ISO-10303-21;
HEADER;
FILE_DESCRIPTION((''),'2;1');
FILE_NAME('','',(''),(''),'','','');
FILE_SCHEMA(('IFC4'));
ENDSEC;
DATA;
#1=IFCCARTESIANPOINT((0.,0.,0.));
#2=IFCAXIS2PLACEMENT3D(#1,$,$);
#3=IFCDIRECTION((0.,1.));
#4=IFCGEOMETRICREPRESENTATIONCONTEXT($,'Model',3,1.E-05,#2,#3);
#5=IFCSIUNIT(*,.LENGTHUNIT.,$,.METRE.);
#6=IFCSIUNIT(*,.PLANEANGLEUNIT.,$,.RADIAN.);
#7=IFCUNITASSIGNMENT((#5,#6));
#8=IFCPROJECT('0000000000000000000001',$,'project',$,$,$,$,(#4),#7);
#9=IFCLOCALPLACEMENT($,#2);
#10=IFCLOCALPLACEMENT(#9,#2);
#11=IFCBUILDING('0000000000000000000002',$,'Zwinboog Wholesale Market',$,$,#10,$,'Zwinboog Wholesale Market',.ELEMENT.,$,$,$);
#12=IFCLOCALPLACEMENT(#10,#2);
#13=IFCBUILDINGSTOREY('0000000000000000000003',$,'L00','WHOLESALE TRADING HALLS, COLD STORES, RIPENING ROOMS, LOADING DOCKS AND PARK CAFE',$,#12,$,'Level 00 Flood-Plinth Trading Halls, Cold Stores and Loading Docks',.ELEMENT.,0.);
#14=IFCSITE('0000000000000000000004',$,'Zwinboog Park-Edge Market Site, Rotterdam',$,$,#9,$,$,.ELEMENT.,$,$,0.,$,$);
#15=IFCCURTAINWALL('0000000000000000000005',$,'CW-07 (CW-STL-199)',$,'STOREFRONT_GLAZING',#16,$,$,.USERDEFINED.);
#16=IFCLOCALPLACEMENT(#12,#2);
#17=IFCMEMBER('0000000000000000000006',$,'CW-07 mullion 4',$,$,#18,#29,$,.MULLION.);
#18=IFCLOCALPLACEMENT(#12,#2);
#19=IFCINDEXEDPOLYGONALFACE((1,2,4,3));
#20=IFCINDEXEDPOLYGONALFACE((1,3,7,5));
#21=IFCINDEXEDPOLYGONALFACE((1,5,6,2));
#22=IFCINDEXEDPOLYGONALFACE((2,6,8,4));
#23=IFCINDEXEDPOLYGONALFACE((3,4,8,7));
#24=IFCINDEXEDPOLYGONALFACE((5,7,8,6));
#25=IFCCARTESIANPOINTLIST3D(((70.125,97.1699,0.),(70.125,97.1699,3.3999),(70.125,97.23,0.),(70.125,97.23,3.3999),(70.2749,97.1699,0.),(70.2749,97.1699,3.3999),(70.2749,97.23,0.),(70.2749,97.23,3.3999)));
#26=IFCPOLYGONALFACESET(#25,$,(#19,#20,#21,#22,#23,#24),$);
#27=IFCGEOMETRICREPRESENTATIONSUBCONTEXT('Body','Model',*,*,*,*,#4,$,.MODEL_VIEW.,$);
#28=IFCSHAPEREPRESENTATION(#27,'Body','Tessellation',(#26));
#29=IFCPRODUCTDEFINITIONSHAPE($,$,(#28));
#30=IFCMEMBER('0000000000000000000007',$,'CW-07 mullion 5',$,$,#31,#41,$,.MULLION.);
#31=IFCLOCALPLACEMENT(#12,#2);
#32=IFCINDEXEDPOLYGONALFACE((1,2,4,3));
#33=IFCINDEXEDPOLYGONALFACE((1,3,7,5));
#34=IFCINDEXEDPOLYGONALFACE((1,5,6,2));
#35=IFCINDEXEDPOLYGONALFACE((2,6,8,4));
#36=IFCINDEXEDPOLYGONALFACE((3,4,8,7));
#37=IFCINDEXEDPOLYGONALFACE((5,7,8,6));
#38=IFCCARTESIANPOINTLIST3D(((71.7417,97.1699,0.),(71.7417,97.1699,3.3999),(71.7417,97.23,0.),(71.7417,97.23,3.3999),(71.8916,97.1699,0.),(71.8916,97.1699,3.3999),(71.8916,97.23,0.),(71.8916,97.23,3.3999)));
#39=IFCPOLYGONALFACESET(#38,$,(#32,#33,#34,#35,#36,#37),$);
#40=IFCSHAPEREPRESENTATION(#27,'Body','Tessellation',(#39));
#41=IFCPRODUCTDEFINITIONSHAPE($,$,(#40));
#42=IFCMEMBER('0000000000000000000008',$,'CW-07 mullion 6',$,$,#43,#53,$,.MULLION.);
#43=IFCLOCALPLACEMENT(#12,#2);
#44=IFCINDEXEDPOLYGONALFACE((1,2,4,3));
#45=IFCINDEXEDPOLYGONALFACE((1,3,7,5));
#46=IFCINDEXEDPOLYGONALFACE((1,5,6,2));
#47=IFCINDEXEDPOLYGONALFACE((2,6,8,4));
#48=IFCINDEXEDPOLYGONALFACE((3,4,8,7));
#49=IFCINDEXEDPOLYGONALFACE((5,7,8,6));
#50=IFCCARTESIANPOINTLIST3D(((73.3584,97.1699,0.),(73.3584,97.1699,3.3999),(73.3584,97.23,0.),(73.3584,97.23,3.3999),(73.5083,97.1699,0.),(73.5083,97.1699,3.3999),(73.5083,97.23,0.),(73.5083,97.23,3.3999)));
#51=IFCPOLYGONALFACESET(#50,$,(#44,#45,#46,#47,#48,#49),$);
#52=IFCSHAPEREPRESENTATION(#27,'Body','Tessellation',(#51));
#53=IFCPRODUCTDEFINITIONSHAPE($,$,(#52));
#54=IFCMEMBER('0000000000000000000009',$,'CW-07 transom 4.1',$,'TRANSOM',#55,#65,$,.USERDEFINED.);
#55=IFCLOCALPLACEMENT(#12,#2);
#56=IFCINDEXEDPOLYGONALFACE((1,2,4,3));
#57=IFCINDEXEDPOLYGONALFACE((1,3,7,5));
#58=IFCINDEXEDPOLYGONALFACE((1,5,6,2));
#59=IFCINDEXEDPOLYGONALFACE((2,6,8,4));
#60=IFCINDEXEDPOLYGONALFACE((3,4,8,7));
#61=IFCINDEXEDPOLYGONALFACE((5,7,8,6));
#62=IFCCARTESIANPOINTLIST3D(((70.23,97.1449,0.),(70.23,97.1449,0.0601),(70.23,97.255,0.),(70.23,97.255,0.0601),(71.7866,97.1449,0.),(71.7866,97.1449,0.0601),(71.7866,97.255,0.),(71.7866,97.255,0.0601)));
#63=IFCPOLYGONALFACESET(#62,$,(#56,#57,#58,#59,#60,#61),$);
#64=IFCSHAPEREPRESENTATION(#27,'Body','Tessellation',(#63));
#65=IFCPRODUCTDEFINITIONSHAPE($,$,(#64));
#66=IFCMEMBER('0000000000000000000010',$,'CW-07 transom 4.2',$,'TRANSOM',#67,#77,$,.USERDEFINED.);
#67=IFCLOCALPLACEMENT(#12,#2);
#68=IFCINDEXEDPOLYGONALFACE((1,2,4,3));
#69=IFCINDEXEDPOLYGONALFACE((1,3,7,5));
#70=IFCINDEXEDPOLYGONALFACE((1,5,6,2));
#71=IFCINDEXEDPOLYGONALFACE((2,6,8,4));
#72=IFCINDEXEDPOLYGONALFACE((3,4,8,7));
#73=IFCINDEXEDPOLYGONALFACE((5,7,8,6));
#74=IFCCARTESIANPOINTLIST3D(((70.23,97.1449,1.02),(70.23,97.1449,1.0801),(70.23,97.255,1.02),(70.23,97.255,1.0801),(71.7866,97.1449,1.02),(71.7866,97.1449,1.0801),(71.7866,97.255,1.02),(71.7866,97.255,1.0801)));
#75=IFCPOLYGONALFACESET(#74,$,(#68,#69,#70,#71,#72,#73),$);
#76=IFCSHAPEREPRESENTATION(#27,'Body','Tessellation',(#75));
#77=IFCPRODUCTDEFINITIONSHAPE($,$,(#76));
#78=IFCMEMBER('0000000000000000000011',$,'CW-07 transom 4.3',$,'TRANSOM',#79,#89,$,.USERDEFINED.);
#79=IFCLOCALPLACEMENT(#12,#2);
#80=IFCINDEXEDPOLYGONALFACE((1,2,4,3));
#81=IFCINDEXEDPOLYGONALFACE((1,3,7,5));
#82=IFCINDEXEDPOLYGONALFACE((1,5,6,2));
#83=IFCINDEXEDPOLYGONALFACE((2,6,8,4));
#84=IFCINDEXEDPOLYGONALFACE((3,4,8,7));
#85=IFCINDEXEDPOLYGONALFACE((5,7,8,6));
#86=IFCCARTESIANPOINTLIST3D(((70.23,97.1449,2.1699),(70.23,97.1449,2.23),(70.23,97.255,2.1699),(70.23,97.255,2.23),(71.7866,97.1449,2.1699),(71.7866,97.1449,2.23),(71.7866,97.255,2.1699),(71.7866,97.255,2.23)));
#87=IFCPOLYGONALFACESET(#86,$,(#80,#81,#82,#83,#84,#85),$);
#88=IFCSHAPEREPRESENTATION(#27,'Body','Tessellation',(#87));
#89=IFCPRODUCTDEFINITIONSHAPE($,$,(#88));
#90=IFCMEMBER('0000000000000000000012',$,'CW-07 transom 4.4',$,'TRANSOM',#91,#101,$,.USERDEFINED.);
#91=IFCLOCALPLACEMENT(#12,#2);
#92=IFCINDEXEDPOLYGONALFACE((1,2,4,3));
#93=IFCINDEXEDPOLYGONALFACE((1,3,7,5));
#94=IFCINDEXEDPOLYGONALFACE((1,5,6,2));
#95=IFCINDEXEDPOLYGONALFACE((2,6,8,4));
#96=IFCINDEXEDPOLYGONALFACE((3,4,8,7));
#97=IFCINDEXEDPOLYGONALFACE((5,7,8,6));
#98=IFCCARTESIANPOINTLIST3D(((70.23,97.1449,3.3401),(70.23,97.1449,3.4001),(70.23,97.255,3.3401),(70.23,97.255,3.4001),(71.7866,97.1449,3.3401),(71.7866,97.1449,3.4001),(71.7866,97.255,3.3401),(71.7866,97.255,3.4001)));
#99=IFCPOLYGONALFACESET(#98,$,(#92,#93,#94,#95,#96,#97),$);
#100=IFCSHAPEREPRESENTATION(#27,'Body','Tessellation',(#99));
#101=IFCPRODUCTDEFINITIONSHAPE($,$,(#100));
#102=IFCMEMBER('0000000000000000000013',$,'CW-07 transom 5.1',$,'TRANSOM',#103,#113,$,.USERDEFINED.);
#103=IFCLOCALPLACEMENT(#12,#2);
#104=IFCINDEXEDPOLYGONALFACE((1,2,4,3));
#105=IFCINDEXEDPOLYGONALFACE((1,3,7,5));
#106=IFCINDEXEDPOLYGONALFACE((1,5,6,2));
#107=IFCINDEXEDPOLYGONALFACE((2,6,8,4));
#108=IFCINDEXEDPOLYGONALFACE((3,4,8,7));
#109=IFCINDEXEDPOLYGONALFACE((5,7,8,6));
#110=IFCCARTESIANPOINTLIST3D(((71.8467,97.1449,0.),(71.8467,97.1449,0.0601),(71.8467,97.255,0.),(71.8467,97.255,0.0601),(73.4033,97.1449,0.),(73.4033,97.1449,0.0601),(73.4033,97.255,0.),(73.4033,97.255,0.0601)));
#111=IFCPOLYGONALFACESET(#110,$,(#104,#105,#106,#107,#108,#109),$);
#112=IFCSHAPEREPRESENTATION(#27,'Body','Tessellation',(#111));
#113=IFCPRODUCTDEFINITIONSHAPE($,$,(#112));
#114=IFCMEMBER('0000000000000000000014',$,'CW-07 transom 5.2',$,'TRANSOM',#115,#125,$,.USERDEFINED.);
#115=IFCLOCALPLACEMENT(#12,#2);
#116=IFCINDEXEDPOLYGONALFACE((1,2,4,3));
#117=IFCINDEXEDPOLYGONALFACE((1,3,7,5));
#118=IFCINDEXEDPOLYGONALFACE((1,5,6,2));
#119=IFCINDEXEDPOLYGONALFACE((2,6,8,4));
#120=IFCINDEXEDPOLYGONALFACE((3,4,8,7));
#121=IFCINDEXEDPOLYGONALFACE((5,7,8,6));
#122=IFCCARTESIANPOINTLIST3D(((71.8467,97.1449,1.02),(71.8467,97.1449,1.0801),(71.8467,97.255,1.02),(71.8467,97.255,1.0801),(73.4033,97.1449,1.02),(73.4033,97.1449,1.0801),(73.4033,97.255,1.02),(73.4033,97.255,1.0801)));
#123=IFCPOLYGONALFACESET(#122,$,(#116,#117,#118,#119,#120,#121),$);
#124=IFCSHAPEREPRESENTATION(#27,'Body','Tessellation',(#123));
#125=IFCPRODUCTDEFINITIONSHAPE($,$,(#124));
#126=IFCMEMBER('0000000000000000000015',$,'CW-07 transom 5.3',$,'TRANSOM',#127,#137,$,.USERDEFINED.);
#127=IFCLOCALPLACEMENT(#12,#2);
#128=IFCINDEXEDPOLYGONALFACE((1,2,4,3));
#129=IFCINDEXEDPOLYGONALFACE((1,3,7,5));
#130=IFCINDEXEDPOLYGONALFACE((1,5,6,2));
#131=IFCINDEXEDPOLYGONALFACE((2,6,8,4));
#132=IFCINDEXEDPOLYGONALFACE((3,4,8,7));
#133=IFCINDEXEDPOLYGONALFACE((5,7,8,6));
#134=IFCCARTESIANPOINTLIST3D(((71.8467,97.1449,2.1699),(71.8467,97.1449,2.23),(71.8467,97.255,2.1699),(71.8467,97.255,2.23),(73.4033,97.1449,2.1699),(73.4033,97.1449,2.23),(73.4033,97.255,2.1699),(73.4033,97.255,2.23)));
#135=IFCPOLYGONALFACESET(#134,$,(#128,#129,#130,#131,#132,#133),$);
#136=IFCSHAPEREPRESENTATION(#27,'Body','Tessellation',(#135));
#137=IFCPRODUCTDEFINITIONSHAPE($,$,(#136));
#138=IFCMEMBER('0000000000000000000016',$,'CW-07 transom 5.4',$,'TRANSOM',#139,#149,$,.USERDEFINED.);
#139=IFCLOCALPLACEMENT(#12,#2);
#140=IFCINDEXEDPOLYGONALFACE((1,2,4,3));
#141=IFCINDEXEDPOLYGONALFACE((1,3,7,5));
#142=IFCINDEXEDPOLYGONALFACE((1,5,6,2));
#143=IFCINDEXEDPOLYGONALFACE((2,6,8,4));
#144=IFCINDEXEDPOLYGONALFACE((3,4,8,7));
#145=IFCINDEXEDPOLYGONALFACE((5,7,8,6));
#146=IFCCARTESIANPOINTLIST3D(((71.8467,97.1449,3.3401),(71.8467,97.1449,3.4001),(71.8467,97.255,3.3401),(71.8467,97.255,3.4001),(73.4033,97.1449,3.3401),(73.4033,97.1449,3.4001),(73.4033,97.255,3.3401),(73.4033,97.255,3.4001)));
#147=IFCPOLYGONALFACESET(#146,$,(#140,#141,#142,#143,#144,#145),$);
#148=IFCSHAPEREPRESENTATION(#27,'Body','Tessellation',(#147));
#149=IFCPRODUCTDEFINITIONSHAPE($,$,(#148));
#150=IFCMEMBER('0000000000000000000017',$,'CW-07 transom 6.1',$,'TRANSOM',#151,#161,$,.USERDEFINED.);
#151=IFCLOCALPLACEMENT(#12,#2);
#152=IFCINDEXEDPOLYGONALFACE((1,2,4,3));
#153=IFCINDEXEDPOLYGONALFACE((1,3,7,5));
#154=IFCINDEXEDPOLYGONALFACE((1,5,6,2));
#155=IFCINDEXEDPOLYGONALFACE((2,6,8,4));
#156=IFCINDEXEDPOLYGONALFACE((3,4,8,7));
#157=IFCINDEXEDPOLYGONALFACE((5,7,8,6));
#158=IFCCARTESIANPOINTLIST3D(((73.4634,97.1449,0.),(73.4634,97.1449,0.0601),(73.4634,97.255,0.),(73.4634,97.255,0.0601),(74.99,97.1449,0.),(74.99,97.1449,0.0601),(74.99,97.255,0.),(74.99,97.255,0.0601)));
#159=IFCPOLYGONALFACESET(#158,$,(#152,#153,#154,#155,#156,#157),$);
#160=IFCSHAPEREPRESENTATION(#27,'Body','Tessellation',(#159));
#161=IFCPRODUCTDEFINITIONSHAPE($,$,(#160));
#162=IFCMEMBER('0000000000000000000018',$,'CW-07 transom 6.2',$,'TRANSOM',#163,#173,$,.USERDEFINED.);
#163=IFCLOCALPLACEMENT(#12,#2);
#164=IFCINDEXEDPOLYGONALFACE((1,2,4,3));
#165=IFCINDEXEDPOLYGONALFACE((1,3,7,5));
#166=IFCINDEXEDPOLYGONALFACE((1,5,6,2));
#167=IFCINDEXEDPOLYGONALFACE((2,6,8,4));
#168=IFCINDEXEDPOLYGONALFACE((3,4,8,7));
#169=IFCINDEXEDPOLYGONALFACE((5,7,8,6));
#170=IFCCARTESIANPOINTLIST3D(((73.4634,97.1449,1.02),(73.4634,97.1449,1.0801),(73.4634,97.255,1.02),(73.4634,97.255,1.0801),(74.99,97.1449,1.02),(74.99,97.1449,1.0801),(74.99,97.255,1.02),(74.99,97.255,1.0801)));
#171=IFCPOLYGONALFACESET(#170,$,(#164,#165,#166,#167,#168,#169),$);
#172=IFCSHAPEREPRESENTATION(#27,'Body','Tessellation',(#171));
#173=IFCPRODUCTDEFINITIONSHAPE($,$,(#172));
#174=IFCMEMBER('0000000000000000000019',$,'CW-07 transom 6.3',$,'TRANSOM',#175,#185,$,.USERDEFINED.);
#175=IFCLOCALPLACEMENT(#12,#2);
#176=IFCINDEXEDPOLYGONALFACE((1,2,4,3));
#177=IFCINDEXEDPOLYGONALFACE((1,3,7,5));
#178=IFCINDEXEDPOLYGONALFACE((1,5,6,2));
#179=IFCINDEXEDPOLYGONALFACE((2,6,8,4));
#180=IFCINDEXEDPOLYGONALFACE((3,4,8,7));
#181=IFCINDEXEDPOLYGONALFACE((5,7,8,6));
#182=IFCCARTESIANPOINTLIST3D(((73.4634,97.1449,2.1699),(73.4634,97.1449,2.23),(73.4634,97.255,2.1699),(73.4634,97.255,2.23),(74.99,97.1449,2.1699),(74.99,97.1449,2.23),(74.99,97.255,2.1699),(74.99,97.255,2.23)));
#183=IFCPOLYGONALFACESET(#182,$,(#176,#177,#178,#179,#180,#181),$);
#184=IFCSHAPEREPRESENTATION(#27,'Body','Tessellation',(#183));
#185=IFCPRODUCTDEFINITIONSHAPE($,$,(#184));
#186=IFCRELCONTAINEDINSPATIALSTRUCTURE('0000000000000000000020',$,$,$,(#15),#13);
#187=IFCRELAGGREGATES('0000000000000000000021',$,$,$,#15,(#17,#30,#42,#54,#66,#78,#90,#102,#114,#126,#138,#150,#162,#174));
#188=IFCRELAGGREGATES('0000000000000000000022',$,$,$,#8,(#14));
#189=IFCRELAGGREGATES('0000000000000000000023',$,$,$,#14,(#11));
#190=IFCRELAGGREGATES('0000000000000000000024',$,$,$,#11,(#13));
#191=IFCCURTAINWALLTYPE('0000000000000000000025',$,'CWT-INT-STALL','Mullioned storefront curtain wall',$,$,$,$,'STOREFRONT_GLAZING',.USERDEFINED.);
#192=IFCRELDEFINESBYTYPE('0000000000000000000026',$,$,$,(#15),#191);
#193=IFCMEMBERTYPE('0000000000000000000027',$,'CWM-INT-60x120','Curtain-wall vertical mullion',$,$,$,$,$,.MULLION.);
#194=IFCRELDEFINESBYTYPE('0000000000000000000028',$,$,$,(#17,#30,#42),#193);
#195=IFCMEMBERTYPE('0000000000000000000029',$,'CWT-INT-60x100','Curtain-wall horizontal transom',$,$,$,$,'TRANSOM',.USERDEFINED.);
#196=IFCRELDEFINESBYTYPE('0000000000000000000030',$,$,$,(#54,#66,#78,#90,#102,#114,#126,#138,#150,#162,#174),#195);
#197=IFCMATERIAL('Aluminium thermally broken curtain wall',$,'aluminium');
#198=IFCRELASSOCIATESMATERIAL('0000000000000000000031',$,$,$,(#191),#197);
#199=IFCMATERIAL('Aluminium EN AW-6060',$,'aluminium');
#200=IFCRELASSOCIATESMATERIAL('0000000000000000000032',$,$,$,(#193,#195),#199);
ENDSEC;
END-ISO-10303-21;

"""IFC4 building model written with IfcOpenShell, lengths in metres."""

from ifc_helpers import new_model, si_unit, direction, frame, origin, origin_2d, place, context, subcontext, project, spatial, rectangle, extrude, material, material_profile, profile_set, type_object, element, aggregate, save


model = new_model("IFC4")

# Units and contexts
model_context = context("Model", 3, precision=1e-05, world=origin(), true_north=direction((0.0, 1.0)))
body_context = subcontext(model_context, "Body", "Model", "MODEL_VIEW")
ifc_project = project(units=[si_unit("LENGTHUNIT", "METRE"), si_unit("PLANEANGLEUNIT", "RADIAN")], contexts=[model_context])

# Site, building, storey
site_placement = place(None, origin())
site = spatial("IfcSite", under=ifc_project, at=site_placement, Name="Zwinboog Park-Edge Market Site, Rotterdam", CompositionType="ELEMENT", RefElevation=0.0)
building_placement = place(site_placement, origin())
building = spatial("IfcBuilding", under=site, at=building_placement, Name="Zwinboog Wholesale Market", LongName="Zwinboog Wholesale Market", CompositionType="ELEMENT")
storey_placement = place(building_placement, origin())
storey = spatial("IfcBuildingStorey", under=building, at=storey_placement, Name="L00", Description="WHOLESALE TRADING HALLS, COLD STORES, RIPENING ROOMS, LOADING DOCKS AND PARK CAFE", LongName="Level 00 Flood-Plinth Trading Halls, Cold Stores and Loading Docks", CompositionType="ELEMENT", Elevation=0.0)

# Curtain wall, members
ifc_material_1 = material(Name="Aluminium thermally broken curtain wall", Category="aluminium")
curtain_wall_type = type_object("IfcCurtainWallType", Name="CWT-INT-STALL", Description="Mullioned storefront curtain wall", ElementType="STOREFRONT_GLAZING", PredefinedType="USERDEFINED", material=ifc_material_1)
curtain_wall_placement = place(storey_placement, origin())
curtain_wall = element("IfcCurtainWall", 1, at=curtain_wall_placement, inside=storey, type_object=curtain_wall_type, Name="CW-07 (CW-STL-199)", ObjectType="STOREFRONT_GLAZING", PredefinedType="USERDEFINED")
ifc_material_2 = material(Name="Aluminium EN AW-6060", Category="aluminium")
ifc_material_profile_1 = material_profile(ifc_material_2, rectangle(XDim=0.0601, YDim=0.1499, at=origin_2d()), Name="AL 60x150")
ifc_profile_set_1 = profile_set([ifc_material_profile_1], Name="Aluminium EN AW-6060")
member_type_1 = type_object("IfcMemberType", Name="CWM-INT-60x120", Description="Curtain-wall vertical mullion", PredefinedType="MULLION", material=ifc_profile_set_1)
member_1_placement = place(storey_placement, frame((70.2, 97.2, 0.0), z_axis=(0.0, 0.0, 1.0), x_axis=(0.0, 1.0, 0.0)))
member_1 = element("IfcMember", 2, at=member_1_placement, type_object=member_type_1, Name="CW-07 mullion 4", PredefinedType="MULLION", context=body_context, shape_type="SweptSolid", body=[
    extrude(rectangle(XDim=0.0601, YDim=0.1499, at=origin_2d()), origin(), (0.0, 0.0, 1.0), 3.3999),
])
member_2_placement = place(storey_placement, frame((71.8167, 97.2, 0.0), z_axis=(0.0, 0.0, 1.0), x_axis=(0.0, 1.0, 0.0)))
member_2 = element("IfcMember", 3, at=member_2_placement, type_object=member_type_1, Name="CW-07 mullion 5", PredefinedType="MULLION", context=body_context, shape_type="SweptSolid", body=[
    extrude(rectangle(XDim=0.0601, YDim=0.1499, at=origin_2d()), origin(), (0.0, 0.0, 1.0), 3.3999),
])
member_3_placement = place(storey_placement, frame((73.4333, 97.2, 0.0), z_axis=(0.0, 0.0, 1.0), x_axis=(0.0, 1.0, 0.0)))
member_3 = element("IfcMember", 4, at=member_3_placement, type_object=member_type_1, Name="CW-07 mullion 6", PredefinedType="MULLION", context=body_context, shape_type="SweptSolid", body=[
    extrude(rectangle(XDim=0.0601, YDim=0.1499, at=origin_2d()), origin(), (0.0, 0.0, 1.0), 3.3999),
])
ifc_material_profile_2 = material_profile(ifc_material_2, rectangle(XDim=0.1101, YDim=0.0601, at=origin_2d()), Name="AL 60x110")
ifc_profile_set_2 = profile_set([ifc_material_profile_2], Name="Aluminium EN AW-6060")
member_type_2 = type_object("IfcMemberType", Name="CWT-INT-60x100", Description="Curtain-wall horizontal transom", ElementType="TRANSOM", PredefinedType="USERDEFINED", material=ifc_profile_set_2)
member_4_placement = place(storey_placement, frame((70.23, 97.2, 0.03), z_axis=(1.0, 0.0, 0.0), x_axis=(0.0, 1.0, 0.0)))
member_4 = element("IfcMember", 5, at=member_4_placement, type_object=member_type_2, Name="CW-07 transom 4.1", ObjectType="TRANSOM", PredefinedType="USERDEFINED", context=body_context, shape_type="SweptSolid", body=[
    extrude(rectangle(XDim=0.1101, YDim=0.0601, at=origin_2d()), origin(), (0.0, 0.0, 1.0), 1.5566),
])
member_5_placement = place(storey_placement, frame((70.23, 97.2, 1.05), z_axis=(1.0, 0.0, 0.0), x_axis=(0.0, 1.0, 0.0)))
member_5 = element("IfcMember", 6, at=member_5_placement, type_object=member_type_2, Name="CW-07 transom 4.2", ObjectType="TRANSOM", PredefinedType="USERDEFINED", context=body_context, shape_type="SweptSolid", body=[
    extrude(rectangle(XDim=0.1101, YDim=0.0601, at=origin_2d()), origin(), (0.0, 0.0, 1.0), 1.5566),
])
member_6_placement = place(storey_placement, frame((70.23, 97.2, 2.2), z_axis=(1.0, 0.0, 0.0), x_axis=(0.0, 1.0, 0.0)))
member_6 = element("IfcMember", 7, at=member_6_placement, type_object=member_type_2, Name="CW-07 transom 4.3", ObjectType="TRANSOM", PredefinedType="USERDEFINED", context=body_context, shape_type="SweptSolid", body=[
    extrude(rectangle(XDim=0.1101, YDim=0.0601, at=origin_2d()), origin(), (0.0, 0.0, 1.0), 1.5566),
])
member_7_placement = place(storey_placement, frame((70.23, 97.2, 3.3701), z_axis=(1.0, 0.0, 0.0), x_axis=(0.0, 1.0, 0.0)))
member_7 = element("IfcMember", 8, at=member_7_placement, type_object=member_type_2, Name="CW-07 transom 4.4", ObjectType="TRANSOM", PredefinedType="USERDEFINED", context=body_context, shape_type="SweptSolid", body=[
    extrude(rectangle(XDim=0.1101, YDim=0.0601, at=origin_2d()), origin(), (0.0, 0.0, 1.0), 1.5566),
])
member_8_placement = place(storey_placement, frame((71.8467, 97.2, 0.03), z_axis=(1.0, 0.0, 0.0), x_axis=(0.0, 1.0, 0.0)))
member_8 = element("IfcMember", 9, at=member_8_placement, type_object=member_type_2, Name="CW-07 transom 5.1", ObjectType="TRANSOM", PredefinedType="USERDEFINED", context=body_context, shape_type="SweptSolid", body=[
    extrude(rectangle(XDim=0.1101, YDim=0.0601, at=origin_2d()), origin(), (0.0, 0.0, 1.0), 1.5566),
])
member_9_placement = place(storey_placement, frame((71.8467, 97.2, 1.05), z_axis=(1.0, 0.0, 0.0), x_axis=(0.0, 1.0, 0.0)))
member_9 = element("IfcMember", 10, at=member_9_placement, type_object=member_type_2, Name="CW-07 transom 5.2", ObjectType="TRANSOM", PredefinedType="USERDEFINED", context=body_context, shape_type="SweptSolid", body=[
    extrude(rectangle(XDim=0.1101, YDim=0.0601, at=origin_2d()), origin(), (0.0, 0.0, 1.0), 1.5566),
])
member_10_placement = place(storey_placement, frame((71.8467, 97.2, 2.2), z_axis=(1.0, 0.0, 0.0), x_axis=(0.0, 1.0, 0.0)))
member_10 = element("IfcMember", 11, at=member_10_placement, type_object=member_type_2, Name="CW-07 transom 5.3", ObjectType="TRANSOM", PredefinedType="USERDEFINED", context=body_context, shape_type="SweptSolid", body=[
    extrude(rectangle(XDim=0.1101, YDim=0.0601, at=origin_2d()), origin(), (0.0, 0.0, 1.0), 1.5566),
])
member_11_placement = place(storey_placement, frame((71.8467, 97.2, 3.3701), z_axis=(1.0, 0.0, 0.0), x_axis=(0.0, 1.0, 0.0)))
member_11 = element("IfcMember", 12, at=member_11_placement, type_object=member_type_2, Name="CW-07 transom 5.4", ObjectType="TRANSOM", PredefinedType="USERDEFINED", context=body_context, shape_type="SweptSolid", body=[
    extrude(rectangle(XDim=0.1101, YDim=0.0601, at=origin_2d()), origin(), (0.0, 0.0, 1.0), 1.5566),
])
member_12_placement = place(storey_placement, frame((73.4634, 97.2, 0.03), z_axis=(1.0, 0.0, 0.0), x_axis=(0.0, 1.0, 0.0)))
member_12 = element("IfcMember", 13, at=member_12_placement, type_object=member_type_2, Name="CW-07 transom 6.1", ObjectType="TRANSOM", PredefinedType="USERDEFINED", context=body_context, shape_type="SweptSolid", body=[
    extrude(rectangle(XDim=0.1101, YDim=0.0601, at=origin_2d()), origin(), (0.0, 0.0, 1.0), 1.5266),
])
member_13_placement = place(storey_placement, frame((73.4634, 97.2, 1.05), z_axis=(1.0, 0.0, 0.0), x_axis=(0.0, 1.0, 0.0)))
member_13 = element("IfcMember", 14, at=member_13_placement, type_object=member_type_2, Name="CW-07 transom 6.2", ObjectType="TRANSOM", PredefinedType="USERDEFINED", context=body_context, shape_type="SweptSolid", body=[
    extrude(rectangle(XDim=0.1101, YDim=0.0601, at=origin_2d()), origin(), (0.0, 0.0, 1.0), 1.5266),
])
member_14_placement = place(storey_placement, frame((73.4634, 97.2, 2.2), z_axis=(1.0, 0.0, 0.0), x_axis=(0.0, 1.0, 0.0)))
member_14 = element("IfcMember", 15, at=member_14_placement, type_object=member_type_2, Name="CW-07 transom 6.3", ObjectType="TRANSOM", PredefinedType="USERDEFINED", context=body_context, shape_type="SweptSolid", body=[
    extrude(rectangle(XDim=0.1101, YDim=0.0601, at=origin_2d()), origin(), (0.0, 0.0, 1.0), 1.5266),
])
aggregate(curtain_wall, [member_1, member_2, member_3, member_4, member_5, member_6, member_7, member_8, member_9, member_10, member_11, member_12, member_13, member_14])

save(model, "model.ifc")
